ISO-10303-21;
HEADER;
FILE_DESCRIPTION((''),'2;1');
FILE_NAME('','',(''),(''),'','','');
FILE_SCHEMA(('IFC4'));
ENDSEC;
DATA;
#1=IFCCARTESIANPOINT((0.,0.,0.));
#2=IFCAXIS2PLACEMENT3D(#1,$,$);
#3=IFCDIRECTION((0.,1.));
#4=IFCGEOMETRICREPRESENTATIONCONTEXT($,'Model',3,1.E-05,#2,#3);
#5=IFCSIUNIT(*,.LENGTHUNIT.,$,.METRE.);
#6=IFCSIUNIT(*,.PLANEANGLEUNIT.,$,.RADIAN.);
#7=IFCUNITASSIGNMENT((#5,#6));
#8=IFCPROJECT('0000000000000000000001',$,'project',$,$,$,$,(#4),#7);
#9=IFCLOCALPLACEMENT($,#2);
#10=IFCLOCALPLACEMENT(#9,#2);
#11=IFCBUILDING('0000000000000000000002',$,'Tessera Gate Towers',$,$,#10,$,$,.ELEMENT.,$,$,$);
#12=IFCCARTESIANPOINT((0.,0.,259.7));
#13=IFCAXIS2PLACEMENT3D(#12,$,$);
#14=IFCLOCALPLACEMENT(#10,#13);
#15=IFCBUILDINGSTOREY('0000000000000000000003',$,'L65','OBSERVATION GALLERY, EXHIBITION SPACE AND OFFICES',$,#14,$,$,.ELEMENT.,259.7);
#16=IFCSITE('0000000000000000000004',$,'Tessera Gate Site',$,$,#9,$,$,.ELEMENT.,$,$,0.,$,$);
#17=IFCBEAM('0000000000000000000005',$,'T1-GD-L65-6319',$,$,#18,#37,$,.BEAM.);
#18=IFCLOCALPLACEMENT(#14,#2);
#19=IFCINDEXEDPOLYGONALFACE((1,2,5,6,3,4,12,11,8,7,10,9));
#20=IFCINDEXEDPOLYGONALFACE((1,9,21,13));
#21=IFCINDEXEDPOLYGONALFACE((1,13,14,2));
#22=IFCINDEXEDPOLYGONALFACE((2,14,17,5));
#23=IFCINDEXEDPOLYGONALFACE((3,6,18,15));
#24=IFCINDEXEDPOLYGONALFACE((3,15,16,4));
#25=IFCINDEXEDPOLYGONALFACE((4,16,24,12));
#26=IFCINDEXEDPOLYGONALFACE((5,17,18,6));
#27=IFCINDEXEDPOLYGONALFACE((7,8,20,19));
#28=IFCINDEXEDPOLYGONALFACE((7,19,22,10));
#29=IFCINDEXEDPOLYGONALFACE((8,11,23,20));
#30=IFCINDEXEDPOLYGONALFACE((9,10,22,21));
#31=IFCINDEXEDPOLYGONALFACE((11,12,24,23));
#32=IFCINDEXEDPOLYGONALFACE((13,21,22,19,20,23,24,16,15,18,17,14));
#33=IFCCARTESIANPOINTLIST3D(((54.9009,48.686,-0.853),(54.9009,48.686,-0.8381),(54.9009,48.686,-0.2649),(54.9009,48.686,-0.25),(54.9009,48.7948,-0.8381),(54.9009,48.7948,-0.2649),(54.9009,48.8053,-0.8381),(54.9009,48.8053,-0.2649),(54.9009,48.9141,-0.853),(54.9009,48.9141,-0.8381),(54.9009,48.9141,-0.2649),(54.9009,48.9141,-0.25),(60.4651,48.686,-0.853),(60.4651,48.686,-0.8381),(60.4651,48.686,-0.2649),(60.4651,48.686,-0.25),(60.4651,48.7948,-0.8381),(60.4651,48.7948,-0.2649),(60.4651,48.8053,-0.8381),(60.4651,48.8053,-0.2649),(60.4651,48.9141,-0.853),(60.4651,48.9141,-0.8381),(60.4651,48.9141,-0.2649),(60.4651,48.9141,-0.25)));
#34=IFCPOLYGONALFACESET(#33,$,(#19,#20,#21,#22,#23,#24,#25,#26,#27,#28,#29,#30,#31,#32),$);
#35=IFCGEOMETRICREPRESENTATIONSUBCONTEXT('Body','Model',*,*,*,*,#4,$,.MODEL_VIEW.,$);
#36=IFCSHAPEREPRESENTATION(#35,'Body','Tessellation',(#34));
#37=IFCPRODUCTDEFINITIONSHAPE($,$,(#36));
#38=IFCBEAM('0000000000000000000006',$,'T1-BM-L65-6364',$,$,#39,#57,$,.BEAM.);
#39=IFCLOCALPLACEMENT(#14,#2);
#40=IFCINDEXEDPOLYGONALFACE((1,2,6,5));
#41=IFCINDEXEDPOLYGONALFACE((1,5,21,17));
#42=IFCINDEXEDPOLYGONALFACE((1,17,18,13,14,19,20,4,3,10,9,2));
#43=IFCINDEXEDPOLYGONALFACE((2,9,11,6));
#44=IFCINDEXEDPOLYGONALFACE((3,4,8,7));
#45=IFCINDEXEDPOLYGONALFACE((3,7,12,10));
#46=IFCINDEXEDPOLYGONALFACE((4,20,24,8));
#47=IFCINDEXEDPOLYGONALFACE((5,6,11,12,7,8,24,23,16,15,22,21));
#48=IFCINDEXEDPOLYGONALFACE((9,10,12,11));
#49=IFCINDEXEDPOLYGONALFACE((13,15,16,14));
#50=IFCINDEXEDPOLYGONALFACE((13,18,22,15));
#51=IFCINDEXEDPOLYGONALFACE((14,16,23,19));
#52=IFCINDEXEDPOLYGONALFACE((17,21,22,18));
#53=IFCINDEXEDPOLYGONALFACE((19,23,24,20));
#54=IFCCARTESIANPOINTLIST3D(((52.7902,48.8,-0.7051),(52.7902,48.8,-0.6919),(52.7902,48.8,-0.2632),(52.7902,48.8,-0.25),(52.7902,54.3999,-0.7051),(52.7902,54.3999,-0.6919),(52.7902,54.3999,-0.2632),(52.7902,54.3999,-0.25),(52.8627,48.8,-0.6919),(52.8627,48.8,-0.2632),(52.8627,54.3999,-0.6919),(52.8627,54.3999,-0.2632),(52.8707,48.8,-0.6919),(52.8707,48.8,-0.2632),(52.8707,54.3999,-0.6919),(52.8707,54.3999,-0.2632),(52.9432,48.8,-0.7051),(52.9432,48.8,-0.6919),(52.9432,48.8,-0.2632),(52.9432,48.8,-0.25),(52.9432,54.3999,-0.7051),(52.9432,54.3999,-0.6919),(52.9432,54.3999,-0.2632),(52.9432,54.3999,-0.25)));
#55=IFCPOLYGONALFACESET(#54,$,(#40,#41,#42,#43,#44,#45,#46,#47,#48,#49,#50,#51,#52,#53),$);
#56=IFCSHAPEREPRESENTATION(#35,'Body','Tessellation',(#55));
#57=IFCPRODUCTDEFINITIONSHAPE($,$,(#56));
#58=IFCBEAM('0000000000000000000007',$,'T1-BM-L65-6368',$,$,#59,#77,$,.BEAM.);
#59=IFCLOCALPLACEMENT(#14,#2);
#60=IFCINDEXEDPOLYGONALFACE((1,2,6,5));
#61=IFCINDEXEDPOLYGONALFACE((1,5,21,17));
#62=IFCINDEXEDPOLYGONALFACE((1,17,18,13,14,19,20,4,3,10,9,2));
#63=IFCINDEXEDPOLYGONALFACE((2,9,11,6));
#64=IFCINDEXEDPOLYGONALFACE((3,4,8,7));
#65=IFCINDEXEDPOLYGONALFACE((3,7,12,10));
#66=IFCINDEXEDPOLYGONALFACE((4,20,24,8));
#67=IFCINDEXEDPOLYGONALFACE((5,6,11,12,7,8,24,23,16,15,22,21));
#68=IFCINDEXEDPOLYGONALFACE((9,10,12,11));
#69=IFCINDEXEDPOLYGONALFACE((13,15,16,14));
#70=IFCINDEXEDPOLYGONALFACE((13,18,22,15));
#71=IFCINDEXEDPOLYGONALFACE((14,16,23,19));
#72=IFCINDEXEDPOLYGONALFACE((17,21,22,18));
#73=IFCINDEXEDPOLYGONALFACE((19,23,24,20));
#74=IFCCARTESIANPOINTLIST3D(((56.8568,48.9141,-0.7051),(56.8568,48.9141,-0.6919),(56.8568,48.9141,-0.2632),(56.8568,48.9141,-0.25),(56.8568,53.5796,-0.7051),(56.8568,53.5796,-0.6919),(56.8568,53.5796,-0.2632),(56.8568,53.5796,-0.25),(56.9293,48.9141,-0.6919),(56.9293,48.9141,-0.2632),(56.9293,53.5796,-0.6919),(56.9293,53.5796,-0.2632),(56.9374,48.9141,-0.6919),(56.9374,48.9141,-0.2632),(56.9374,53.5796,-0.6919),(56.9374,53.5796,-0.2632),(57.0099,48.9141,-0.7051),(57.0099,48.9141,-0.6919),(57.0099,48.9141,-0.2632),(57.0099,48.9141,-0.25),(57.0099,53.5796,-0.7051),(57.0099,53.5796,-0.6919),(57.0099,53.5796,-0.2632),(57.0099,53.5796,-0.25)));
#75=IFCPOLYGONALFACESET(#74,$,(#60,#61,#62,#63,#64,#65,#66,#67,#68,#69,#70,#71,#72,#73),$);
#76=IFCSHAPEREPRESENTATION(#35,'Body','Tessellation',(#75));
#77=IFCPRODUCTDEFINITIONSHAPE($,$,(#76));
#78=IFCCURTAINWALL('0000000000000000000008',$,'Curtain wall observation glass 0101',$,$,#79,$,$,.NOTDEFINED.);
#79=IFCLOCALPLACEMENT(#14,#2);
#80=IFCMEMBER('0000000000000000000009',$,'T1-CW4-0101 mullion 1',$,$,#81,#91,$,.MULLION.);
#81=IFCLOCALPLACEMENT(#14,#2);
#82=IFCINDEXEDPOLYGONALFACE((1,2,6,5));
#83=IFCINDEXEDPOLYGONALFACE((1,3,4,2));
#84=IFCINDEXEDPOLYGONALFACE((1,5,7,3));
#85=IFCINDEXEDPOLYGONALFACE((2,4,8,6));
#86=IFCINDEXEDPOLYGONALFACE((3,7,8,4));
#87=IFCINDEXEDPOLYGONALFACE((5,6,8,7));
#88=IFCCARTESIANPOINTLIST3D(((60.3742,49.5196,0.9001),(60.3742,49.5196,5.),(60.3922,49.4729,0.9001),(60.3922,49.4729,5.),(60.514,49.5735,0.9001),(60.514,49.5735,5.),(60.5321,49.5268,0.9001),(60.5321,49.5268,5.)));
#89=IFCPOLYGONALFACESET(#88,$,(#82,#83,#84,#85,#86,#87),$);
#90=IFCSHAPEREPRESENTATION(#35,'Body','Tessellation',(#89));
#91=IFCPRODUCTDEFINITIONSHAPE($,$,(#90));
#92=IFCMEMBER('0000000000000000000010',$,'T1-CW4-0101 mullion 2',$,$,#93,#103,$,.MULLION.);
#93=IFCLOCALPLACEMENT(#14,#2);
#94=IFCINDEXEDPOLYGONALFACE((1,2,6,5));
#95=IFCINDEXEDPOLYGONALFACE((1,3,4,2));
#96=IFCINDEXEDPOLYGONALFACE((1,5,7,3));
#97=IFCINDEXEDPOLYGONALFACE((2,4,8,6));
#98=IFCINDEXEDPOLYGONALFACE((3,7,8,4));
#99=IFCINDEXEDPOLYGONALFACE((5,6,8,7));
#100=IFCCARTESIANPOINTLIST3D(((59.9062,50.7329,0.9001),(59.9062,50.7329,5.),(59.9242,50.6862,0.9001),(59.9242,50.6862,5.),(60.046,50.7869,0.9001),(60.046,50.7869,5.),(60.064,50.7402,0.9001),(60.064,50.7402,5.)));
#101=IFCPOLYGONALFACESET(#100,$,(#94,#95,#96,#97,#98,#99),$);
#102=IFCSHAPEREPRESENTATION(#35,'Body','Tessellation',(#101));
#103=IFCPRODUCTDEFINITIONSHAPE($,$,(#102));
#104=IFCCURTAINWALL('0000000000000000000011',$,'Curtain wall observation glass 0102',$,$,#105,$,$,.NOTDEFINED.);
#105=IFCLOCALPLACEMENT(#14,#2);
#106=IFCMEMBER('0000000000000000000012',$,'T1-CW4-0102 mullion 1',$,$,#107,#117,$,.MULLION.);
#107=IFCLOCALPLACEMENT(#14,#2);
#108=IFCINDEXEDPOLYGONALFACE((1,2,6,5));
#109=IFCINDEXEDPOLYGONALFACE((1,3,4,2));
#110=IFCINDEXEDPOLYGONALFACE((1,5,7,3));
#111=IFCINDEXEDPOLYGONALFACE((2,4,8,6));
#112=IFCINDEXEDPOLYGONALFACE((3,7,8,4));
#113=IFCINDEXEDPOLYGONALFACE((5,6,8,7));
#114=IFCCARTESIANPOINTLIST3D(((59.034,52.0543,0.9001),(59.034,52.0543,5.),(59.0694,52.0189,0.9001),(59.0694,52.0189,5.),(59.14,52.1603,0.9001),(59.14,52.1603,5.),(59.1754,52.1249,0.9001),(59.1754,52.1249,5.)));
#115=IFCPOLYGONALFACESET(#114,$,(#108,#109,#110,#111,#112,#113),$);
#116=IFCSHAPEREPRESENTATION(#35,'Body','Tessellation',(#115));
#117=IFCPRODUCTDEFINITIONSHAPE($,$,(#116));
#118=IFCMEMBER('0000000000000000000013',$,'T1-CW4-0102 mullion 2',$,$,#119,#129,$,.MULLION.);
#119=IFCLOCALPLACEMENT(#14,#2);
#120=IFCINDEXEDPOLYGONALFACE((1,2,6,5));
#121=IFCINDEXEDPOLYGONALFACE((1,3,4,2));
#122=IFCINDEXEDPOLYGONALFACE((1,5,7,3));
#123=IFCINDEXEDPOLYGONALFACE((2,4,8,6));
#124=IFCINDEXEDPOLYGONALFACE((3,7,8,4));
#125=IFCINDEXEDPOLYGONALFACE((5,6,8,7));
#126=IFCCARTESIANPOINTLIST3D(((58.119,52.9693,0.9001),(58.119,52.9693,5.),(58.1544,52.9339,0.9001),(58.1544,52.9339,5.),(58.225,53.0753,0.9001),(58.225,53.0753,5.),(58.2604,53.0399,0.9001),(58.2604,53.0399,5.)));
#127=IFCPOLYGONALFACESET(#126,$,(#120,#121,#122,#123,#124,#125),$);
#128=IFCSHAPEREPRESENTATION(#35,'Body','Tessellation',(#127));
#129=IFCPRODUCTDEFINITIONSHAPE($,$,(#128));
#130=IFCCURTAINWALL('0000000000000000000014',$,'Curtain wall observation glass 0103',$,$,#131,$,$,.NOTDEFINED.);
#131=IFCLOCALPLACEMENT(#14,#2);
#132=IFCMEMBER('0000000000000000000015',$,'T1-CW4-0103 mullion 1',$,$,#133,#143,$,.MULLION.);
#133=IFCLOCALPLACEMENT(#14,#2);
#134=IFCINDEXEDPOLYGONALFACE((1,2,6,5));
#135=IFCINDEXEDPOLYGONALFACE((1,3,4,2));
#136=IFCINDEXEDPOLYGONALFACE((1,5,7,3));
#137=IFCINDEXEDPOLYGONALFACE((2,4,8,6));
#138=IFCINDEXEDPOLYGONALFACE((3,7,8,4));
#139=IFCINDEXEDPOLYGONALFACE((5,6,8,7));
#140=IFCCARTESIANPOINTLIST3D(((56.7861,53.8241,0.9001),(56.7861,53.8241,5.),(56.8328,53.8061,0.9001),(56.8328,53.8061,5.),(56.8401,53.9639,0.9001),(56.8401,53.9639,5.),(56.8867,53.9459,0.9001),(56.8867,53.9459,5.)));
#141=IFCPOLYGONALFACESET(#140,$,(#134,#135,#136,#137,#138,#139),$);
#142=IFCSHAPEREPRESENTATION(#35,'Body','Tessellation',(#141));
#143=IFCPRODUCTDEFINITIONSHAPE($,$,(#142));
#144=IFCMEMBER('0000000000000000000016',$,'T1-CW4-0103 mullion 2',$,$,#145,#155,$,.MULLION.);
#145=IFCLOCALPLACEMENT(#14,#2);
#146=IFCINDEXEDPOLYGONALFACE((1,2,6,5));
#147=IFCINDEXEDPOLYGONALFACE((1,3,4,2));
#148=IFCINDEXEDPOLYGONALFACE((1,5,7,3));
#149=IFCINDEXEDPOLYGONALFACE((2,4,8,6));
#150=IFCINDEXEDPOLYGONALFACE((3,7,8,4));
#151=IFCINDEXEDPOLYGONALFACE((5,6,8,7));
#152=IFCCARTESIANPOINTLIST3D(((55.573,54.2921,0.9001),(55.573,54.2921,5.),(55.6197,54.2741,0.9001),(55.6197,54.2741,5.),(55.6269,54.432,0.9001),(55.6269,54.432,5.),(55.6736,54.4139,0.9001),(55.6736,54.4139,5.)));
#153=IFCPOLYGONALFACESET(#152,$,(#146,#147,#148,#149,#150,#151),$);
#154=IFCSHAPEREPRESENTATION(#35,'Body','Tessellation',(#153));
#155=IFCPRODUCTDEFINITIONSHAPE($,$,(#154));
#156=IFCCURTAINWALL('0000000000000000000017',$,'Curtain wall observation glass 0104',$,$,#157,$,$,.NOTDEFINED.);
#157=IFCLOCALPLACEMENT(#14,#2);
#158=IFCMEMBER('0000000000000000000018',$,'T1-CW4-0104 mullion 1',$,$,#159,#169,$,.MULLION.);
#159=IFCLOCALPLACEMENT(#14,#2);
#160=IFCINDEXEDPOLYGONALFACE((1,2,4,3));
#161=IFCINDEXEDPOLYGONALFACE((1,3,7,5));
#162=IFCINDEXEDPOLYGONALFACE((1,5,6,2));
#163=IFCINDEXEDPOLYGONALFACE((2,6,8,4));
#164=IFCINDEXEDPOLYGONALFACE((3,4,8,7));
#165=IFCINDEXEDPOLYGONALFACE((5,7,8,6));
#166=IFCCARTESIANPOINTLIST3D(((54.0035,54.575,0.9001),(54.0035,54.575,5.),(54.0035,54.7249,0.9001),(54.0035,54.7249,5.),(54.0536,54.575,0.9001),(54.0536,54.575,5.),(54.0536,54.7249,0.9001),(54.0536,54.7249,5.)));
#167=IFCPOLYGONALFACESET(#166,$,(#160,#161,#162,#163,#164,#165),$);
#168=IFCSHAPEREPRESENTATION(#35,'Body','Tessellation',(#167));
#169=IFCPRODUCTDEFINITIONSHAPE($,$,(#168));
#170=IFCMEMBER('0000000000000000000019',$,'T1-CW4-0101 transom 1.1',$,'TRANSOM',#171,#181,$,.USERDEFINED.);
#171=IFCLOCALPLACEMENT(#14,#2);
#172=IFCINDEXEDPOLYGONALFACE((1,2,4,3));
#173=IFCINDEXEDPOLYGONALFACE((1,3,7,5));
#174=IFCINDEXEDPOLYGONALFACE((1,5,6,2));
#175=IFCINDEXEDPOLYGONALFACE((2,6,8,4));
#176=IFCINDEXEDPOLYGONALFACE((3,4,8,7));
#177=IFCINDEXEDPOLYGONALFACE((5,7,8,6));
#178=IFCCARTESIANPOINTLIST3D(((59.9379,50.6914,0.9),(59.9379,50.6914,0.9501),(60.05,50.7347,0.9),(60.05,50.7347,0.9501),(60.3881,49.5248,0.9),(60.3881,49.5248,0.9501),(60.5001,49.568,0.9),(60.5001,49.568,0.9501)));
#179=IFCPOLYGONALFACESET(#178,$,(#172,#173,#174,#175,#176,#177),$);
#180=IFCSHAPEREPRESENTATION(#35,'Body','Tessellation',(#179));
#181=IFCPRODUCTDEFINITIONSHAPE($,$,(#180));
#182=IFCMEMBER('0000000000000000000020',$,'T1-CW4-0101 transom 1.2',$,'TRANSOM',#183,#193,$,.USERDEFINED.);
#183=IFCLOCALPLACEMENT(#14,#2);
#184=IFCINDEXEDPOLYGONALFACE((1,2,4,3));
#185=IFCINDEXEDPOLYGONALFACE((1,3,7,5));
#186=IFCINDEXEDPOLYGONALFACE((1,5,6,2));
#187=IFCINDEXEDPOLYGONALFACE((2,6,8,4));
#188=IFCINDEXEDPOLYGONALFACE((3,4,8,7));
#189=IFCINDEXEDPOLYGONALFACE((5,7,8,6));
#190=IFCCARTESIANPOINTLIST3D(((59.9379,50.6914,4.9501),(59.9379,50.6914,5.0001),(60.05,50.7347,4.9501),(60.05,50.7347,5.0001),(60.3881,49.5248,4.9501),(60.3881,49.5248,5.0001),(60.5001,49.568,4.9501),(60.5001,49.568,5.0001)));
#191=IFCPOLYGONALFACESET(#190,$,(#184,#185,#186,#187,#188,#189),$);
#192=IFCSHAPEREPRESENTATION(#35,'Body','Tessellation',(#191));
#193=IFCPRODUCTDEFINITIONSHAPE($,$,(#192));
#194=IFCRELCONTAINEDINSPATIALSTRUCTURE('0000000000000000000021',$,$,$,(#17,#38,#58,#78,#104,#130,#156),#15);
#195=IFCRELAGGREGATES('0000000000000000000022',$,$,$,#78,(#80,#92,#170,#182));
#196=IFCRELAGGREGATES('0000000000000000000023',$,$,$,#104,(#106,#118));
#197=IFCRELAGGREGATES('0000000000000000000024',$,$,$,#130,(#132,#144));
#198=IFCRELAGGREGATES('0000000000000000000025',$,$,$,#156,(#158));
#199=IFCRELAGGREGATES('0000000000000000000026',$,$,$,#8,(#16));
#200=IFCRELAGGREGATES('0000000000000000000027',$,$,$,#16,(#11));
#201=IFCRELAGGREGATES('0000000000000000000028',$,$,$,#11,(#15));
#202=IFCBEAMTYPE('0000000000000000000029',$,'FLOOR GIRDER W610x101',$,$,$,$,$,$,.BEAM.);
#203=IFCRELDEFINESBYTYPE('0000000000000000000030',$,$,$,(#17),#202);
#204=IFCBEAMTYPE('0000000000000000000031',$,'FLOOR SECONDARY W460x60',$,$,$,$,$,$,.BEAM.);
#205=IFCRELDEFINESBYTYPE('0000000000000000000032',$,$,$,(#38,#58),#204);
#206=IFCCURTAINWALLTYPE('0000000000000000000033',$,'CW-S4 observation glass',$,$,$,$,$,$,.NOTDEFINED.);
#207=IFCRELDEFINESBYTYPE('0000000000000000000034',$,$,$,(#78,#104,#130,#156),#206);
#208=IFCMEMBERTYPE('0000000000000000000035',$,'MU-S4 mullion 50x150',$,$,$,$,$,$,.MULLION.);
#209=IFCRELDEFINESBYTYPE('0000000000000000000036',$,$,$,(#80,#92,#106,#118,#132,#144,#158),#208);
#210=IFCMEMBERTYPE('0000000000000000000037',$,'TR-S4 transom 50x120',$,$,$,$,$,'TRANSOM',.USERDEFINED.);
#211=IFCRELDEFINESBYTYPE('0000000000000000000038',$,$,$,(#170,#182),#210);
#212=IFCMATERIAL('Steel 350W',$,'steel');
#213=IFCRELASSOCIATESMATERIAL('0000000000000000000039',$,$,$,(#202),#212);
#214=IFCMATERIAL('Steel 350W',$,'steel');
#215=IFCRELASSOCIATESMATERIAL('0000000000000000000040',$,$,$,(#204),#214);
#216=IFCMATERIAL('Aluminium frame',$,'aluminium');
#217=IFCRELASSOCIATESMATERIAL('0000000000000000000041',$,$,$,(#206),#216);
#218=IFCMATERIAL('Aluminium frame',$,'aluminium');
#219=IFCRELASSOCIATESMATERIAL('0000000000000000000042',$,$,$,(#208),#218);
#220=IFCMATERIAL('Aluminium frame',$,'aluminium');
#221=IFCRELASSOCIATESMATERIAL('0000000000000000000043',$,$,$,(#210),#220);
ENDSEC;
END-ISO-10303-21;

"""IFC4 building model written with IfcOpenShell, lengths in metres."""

from ifc_helpers import new_model, si_unit, direction, frame, origin, origin_2d, place, context, subcontext, project, spatial, rectangle, i_section, extrude, material, material_profile, profile_set, type_object, element, aggregate, save


model = new_model("IFC4")

# Units and contexts
model_context = context("Model", 3, precision=1e-05, world=origin(), true_north=direction((0.0, 1.0)))
body_context = subcontext(model_context, "Body", "Model", "MODEL_VIEW")
ifc_project = project(units=[si_unit("LENGTHUNIT", "METRE"), si_unit("PLANEANGLEUNIT", "RADIAN")], contexts=[model_context])

# Site, building, storey
site_placement = place(None, origin())
site = spatial("IfcSite", under=ifc_project, at=site_placement, Name="Tessera Gate Site", CompositionType="ELEMENT", RefElevation=0.0)
building_placement = place(site_placement, origin())
building = spatial("IfcBuilding", under=site, at=building_placement, Name="Tessera Gate Towers", CompositionType="ELEMENT")
storey_placement = place(building_placement, frame((0.0, 0.0, 259.7)))
storey = spatial("IfcBuildingStorey", under=building, at=storey_placement, Name="L65", Description="OBSERVATION GALLERY, EXHIBITION SPACE AND OFFICES", CompositionType="ELEMENT", Elevation=259.7)

# Beams
ifc_material_1 = material(Name="Steel 350W", Category="steel")
ifc_material_profile_1 = material_profile(ifc_material_1, i_section(OverallWidth=0.228, OverallDepth=0.603, WebThickness=0.0105, FlangeThickness=0.0149, at=origin_2d()), Name="W610x101")
ifc_profile_set_1 = profile_set([ifc_material_profile_1], Name="Steel 350W")
beam_type_1 = type_object("IfcBeamType", Name="FLOOR GIRDER W610x101", PredefinedType="BEAM", material=ifc_profile_set_1)
beam_1_placement = place(storey_placement, frame((54.9009, 48.8, -0.5515), z_axis=(1.0, 0.0, 0.0), x_axis=(0.0, 1.0, 0.0)))
element("IfcBeam", 1, at=beam_1_placement, inside=storey, type_object=beam_type_1, Name="T1-GD-L65-6319", PredefinedType="BEAM", context=body_context, shape_type="SweptSolid", body=[
    extrude(i_section(OverallWidth=0.228, OverallDepth=0.603, WebThickness=0.0105, FlangeThickness=0.0149, at=origin_2d()), origin(), (0.0, 0.0, 1.0), 5.5642),
])
ifc_material_2 = material(Name="Steel 350W", Category="steel")
ifc_material_profile_2 = material_profile(ifc_material_2, i_section(OverallWidth=0.1531, OverallDepth=0.4551, WebThickness=0.0081, FlangeThickness=0.0132, at=origin_2d()), Name="W460x60")
ifc_profile_set_2 = profile_set([ifc_material_profile_2], Name="Steel 350W")
beam_type_2 = type_object("IfcBeamType", Name="FLOOR SECONDARY W460x60", PredefinedType="BEAM", material=ifc_profile_set_2)
beam_2_placement = place(storey_placement, frame((52.8667, 48.8, -0.4775), z_axis=(0.0, 1.0, 0.0), x_axis=(-1.0, 0.0, 0.0)))
element("IfcBeam", 2, at=beam_2_placement, inside=storey, type_object=beam_type_2, Name="T1-BM-L65-6364", PredefinedType="BEAM", context=body_context, shape_type="SweptSolid", body=[
    extrude(i_section(OverallWidth=0.1531, OverallDepth=0.4551, WebThickness=0.0081, FlangeThickness=0.0132, at=origin_2d()), origin(), (0.0, 0.0, 1.0), 5.5999),
])
beam_3_placement = place(storey_placement, frame((56.9333, 48.9141, -0.4775), z_axis=(0.0, 1.0, 0.0), x_axis=(-1.0, 0.0, 0.0)))
element("IfcBeam", 3, at=beam_3_placement, inside=storey, type_object=beam_type_2, Name="T1-BM-L65-6368", PredefinedType="BEAM", context=body_context, shape_type="SweptSolid", body=[
    extrude(i_section(OverallWidth=0.1531, OverallDepth=0.4551, WebThickness=0.0081, FlangeThickness=0.0132, at=origin_2d()), origin(), (0.0, 0.0, 1.0), 4.6655),
])

# Curtain walls, members
ifc_material_3 = material(Name="Aluminium frame", Category="aluminium")
curtain_wall_type = type_object("IfcCurtainWallType", Name="CW-S4 observation glass", PredefinedType="NOTDEFINED", material=ifc_material_3)
curtain_wall_1_placement = place(storey_placement, origin())
curtain_wall_1 = element("IfcCurtainWall", 4, at=curtain_wall_1_placement, inside=storey, type_object=curtain_wall_type, Name="Curtain wall observation glass 0101", PredefinedType="NOTDEFINED")
ifc_material_4 = material(Name="Aluminium frame", Category="aluminium")
ifc_material_profile_3 = material_profile(ifc_material_4, rectangle(XDim=0.05, YDim=0.1499, at=origin_2d()), Name="AL 50x150")
ifc_profile_set_3 = profile_set([ifc_material_profile_3], Name="Aluminium frame")
member_type_1 = type_object("IfcMemberType", Name="MU-S4 mullion 50x150", PredefinedType="MULLION", material=ifc_profile_set_3)
member_1_placement = place(storey_placement, frame((60.4531, 49.5232, 0.9001), z_axis=(0.0, 0.0, 1.0), x_axis=(-0.359904, 0.932989, 0.0)))
member_1 = element("IfcMember", 5, at=member_1_placement, type_object=member_type_1, Name="T1-CW4-0101 mullion 1", PredefinedType="MULLION", context=body_context, shape_type="SweptSolid", body=[
    extrude(rectangle(XDim=0.05, YDim=0.1499, at=origin_2d()), origin(), (0.0, 0.0, 1.0), 4.0999),
])
member_2_placement = place(storey_placement, frame((59.9851, 50.7366, 0.9001), z_axis=(0.0, 0.0, 1.0), x_axis=(-0.359904, 0.932989, 0.0)))
member_2 = element("IfcMember", 6, at=member_2_placement, type_object=member_type_1, Name="T1-CW4-0101 mullion 2", PredefinedType="MULLION", context=body_context, shape_type="SweptSolid", body=[
    extrude(rectangle(XDim=0.05, YDim=0.1499, at=origin_2d()), origin(), (0.0, 0.0, 1.0), 4.0999),
])
curtain_wall_2_placement = place(storey_placement, origin())
curtain_wall_2 = element("IfcCurtainWall", 7, at=curtain_wall_2_placement, inside=storey, type_object=curtain_wall_type, Name="Curtain wall observation glass 0102", PredefinedType="NOTDEFINED")
member_3_placement = place(storey_placement, frame((59.1047, 52.0896, 0.9001), z_axis=(0.0, 0.0, 1.0), x_axis=(-0.707107, 0.707107, 0.0)))
member_3 = element("IfcMember", 8, at=member_3_placement, type_object=member_type_1, Name="T1-CW4-0102 mullion 1", PredefinedType="MULLION", context=body_context, shape_type="SweptSolid", body=[
    extrude(rectangle(XDim=0.05, YDim=0.1499, at=origin_2d()), origin(), (0.0, 0.0, 1.0), 4.0999),
])
member_4_placement = place(storey_placement, frame((58.1897, 53.0046, 0.9001), z_axis=(0.0, 0.0, 1.0), x_axis=(-0.707107, 0.707107, 0.0)))
member_4 = element("IfcMember", 9, at=member_4_placement, type_object=member_type_1, Name="T1-CW4-0102 mullion 2", PredefinedType="MULLION", context=body_context, shape_type="SweptSolid", body=[
    extrude(rectangle(XDim=0.05, YDim=0.1499, at=origin_2d()), origin(), (0.0, 0.0, 1.0), 4.0999),
])
curtain_wall_3_placement = place(storey_placement, origin())
curtain_wall_3 = element("IfcCurtainWall", 10, at=curtain_wall_3_placement, inside=storey, type_object=curtain_wall_type, Name="Curtain wall observation glass 0103", PredefinedType="NOTDEFINED")
member_5_placement = place(storey_placement, frame((56.8364, 53.885, 0.9001), z_axis=(0.0, 0.0, 1.0), x_axis=(-0.932989, 0.359904, 0.0)))
member_5 = element("IfcMember", 11, at=member_5_placement, type_object=member_type_1, Name="T1-CW4-0103 mullion 1", PredefinedType="MULLION", context=body_context, shape_type="SweptSolid", body=[
    extrude(rectangle(XDim=0.05, YDim=0.1499, at=origin_2d()), origin(), (0.0, 0.0, 1.0), 4.0999),
])
member_6_placement = place(storey_placement, frame((55.6233, 54.353, 0.9001), z_axis=(0.0, 0.0, 1.0), x_axis=(-0.932989, 0.359904, 0.0)))
member_6 = element("IfcMember", 12, at=member_6_placement, type_object=member_type_1, Name="T1-CW4-0103 mullion 2", PredefinedType="MULLION", context=body_context, shape_type="SweptSolid", body=[
    extrude(rectangle(XDim=0.05, YDim=0.1499, at=origin_2d()), origin(), (0.0, 0.0, 1.0), 4.0999),
])

# Curtain wall, member
curtain_wall_4_placement = place(storey_placement, origin())
curtain_wall_4 = element("IfcCurtainWall", 13, at=curtain_wall_4_placement, inside=storey, type_object=curtain_wall_type, Name="Curtain wall observation glass 0104", PredefinedType="NOTDEFINED")
member_7_placement = place(storey_placement, frame((54.0286, 54.6499, 0.9001), z_axis=(0.0, 0.0, 1.0), x_axis=(-1.0, 0.0, 0.0)))
member_7 = element("IfcMember", 14, at=member_7_placement, type_object=member_type_1, Name="T1-CW4-0104 mullion 1", PredefinedType="MULLION", context=body_context, shape_type="SweptSolid", body=[
    extrude(rectangle(XDim=0.05, YDim=0.1499, at=origin_2d()), origin(), (0.0, 0.0, 1.0), 4.0999),
])

# Members
ifc_material_5 = material(Name="Aluminium frame", Category="aluminium")
ifc_material_profile_4 = material_profile(ifc_material_5, rectangle(XDim=0.1201, YDim=0.05, at=origin_2d()), Name="AL 50x120")
ifc_profile_set_4 = profile_set([ifc_material_profile_4], Name="Aluminium frame")
member_type_2 = type_object("IfcMemberType", Name="TR-S4 transom 50x120", ElementType="TRANSOM", PredefinedType="USERDEFINED", material=ifc_profile_set_4)
member_8_placement = place(storey_placement, frame((60.4441, 49.5464, 0.925), z_axis=(-0.359986, 0.932958, 0.0), x_axis=(-0.932958, -0.359986, 0.0)))
member_8 = element("IfcMember", 15, at=member_8_placement, type_object=member_type_2, Name="T1-CW4-0101 transom 1.1", ObjectType="TRANSOM", PredefinedType="USERDEFINED", context=body_context, shape_type="SweptSolid", body=[
    extrude(rectangle(XDim=0.1201, YDim=0.05, at=origin_2d()), origin(), (0.0, 0.0, 1.0), 1.2505),
])
member_9_placement = place(storey_placement, frame((60.4441, 49.5464, 4.9751), z_axis=(-0.359986, 0.932958, 0.0), x_axis=(-0.932958, -0.359986, 0.0)))
member_9 = element("IfcMember", 16, at=member_9_placement, type_object=member_type_2, Name="T1-CW4-0101 transom 1.2", ObjectType="TRANSOM", PredefinedType="USERDEFINED", context=body_context, shape_type="SweptSolid", body=[
    extrude(rectangle(XDim=0.1201, YDim=0.05, at=origin_2d()), origin(), (0.0, 0.0, 1.0), 1.2505),
])

aggregate(curtain_wall_1, [member_1, member_2, member_8, member_9])
aggregate(curtain_wall_2, [member_3, member_4])
aggregate(curtain_wall_3, [member_5, member_6])
aggregate(curtain_wall_4, [member_7])

save(model, "model.ifc")
